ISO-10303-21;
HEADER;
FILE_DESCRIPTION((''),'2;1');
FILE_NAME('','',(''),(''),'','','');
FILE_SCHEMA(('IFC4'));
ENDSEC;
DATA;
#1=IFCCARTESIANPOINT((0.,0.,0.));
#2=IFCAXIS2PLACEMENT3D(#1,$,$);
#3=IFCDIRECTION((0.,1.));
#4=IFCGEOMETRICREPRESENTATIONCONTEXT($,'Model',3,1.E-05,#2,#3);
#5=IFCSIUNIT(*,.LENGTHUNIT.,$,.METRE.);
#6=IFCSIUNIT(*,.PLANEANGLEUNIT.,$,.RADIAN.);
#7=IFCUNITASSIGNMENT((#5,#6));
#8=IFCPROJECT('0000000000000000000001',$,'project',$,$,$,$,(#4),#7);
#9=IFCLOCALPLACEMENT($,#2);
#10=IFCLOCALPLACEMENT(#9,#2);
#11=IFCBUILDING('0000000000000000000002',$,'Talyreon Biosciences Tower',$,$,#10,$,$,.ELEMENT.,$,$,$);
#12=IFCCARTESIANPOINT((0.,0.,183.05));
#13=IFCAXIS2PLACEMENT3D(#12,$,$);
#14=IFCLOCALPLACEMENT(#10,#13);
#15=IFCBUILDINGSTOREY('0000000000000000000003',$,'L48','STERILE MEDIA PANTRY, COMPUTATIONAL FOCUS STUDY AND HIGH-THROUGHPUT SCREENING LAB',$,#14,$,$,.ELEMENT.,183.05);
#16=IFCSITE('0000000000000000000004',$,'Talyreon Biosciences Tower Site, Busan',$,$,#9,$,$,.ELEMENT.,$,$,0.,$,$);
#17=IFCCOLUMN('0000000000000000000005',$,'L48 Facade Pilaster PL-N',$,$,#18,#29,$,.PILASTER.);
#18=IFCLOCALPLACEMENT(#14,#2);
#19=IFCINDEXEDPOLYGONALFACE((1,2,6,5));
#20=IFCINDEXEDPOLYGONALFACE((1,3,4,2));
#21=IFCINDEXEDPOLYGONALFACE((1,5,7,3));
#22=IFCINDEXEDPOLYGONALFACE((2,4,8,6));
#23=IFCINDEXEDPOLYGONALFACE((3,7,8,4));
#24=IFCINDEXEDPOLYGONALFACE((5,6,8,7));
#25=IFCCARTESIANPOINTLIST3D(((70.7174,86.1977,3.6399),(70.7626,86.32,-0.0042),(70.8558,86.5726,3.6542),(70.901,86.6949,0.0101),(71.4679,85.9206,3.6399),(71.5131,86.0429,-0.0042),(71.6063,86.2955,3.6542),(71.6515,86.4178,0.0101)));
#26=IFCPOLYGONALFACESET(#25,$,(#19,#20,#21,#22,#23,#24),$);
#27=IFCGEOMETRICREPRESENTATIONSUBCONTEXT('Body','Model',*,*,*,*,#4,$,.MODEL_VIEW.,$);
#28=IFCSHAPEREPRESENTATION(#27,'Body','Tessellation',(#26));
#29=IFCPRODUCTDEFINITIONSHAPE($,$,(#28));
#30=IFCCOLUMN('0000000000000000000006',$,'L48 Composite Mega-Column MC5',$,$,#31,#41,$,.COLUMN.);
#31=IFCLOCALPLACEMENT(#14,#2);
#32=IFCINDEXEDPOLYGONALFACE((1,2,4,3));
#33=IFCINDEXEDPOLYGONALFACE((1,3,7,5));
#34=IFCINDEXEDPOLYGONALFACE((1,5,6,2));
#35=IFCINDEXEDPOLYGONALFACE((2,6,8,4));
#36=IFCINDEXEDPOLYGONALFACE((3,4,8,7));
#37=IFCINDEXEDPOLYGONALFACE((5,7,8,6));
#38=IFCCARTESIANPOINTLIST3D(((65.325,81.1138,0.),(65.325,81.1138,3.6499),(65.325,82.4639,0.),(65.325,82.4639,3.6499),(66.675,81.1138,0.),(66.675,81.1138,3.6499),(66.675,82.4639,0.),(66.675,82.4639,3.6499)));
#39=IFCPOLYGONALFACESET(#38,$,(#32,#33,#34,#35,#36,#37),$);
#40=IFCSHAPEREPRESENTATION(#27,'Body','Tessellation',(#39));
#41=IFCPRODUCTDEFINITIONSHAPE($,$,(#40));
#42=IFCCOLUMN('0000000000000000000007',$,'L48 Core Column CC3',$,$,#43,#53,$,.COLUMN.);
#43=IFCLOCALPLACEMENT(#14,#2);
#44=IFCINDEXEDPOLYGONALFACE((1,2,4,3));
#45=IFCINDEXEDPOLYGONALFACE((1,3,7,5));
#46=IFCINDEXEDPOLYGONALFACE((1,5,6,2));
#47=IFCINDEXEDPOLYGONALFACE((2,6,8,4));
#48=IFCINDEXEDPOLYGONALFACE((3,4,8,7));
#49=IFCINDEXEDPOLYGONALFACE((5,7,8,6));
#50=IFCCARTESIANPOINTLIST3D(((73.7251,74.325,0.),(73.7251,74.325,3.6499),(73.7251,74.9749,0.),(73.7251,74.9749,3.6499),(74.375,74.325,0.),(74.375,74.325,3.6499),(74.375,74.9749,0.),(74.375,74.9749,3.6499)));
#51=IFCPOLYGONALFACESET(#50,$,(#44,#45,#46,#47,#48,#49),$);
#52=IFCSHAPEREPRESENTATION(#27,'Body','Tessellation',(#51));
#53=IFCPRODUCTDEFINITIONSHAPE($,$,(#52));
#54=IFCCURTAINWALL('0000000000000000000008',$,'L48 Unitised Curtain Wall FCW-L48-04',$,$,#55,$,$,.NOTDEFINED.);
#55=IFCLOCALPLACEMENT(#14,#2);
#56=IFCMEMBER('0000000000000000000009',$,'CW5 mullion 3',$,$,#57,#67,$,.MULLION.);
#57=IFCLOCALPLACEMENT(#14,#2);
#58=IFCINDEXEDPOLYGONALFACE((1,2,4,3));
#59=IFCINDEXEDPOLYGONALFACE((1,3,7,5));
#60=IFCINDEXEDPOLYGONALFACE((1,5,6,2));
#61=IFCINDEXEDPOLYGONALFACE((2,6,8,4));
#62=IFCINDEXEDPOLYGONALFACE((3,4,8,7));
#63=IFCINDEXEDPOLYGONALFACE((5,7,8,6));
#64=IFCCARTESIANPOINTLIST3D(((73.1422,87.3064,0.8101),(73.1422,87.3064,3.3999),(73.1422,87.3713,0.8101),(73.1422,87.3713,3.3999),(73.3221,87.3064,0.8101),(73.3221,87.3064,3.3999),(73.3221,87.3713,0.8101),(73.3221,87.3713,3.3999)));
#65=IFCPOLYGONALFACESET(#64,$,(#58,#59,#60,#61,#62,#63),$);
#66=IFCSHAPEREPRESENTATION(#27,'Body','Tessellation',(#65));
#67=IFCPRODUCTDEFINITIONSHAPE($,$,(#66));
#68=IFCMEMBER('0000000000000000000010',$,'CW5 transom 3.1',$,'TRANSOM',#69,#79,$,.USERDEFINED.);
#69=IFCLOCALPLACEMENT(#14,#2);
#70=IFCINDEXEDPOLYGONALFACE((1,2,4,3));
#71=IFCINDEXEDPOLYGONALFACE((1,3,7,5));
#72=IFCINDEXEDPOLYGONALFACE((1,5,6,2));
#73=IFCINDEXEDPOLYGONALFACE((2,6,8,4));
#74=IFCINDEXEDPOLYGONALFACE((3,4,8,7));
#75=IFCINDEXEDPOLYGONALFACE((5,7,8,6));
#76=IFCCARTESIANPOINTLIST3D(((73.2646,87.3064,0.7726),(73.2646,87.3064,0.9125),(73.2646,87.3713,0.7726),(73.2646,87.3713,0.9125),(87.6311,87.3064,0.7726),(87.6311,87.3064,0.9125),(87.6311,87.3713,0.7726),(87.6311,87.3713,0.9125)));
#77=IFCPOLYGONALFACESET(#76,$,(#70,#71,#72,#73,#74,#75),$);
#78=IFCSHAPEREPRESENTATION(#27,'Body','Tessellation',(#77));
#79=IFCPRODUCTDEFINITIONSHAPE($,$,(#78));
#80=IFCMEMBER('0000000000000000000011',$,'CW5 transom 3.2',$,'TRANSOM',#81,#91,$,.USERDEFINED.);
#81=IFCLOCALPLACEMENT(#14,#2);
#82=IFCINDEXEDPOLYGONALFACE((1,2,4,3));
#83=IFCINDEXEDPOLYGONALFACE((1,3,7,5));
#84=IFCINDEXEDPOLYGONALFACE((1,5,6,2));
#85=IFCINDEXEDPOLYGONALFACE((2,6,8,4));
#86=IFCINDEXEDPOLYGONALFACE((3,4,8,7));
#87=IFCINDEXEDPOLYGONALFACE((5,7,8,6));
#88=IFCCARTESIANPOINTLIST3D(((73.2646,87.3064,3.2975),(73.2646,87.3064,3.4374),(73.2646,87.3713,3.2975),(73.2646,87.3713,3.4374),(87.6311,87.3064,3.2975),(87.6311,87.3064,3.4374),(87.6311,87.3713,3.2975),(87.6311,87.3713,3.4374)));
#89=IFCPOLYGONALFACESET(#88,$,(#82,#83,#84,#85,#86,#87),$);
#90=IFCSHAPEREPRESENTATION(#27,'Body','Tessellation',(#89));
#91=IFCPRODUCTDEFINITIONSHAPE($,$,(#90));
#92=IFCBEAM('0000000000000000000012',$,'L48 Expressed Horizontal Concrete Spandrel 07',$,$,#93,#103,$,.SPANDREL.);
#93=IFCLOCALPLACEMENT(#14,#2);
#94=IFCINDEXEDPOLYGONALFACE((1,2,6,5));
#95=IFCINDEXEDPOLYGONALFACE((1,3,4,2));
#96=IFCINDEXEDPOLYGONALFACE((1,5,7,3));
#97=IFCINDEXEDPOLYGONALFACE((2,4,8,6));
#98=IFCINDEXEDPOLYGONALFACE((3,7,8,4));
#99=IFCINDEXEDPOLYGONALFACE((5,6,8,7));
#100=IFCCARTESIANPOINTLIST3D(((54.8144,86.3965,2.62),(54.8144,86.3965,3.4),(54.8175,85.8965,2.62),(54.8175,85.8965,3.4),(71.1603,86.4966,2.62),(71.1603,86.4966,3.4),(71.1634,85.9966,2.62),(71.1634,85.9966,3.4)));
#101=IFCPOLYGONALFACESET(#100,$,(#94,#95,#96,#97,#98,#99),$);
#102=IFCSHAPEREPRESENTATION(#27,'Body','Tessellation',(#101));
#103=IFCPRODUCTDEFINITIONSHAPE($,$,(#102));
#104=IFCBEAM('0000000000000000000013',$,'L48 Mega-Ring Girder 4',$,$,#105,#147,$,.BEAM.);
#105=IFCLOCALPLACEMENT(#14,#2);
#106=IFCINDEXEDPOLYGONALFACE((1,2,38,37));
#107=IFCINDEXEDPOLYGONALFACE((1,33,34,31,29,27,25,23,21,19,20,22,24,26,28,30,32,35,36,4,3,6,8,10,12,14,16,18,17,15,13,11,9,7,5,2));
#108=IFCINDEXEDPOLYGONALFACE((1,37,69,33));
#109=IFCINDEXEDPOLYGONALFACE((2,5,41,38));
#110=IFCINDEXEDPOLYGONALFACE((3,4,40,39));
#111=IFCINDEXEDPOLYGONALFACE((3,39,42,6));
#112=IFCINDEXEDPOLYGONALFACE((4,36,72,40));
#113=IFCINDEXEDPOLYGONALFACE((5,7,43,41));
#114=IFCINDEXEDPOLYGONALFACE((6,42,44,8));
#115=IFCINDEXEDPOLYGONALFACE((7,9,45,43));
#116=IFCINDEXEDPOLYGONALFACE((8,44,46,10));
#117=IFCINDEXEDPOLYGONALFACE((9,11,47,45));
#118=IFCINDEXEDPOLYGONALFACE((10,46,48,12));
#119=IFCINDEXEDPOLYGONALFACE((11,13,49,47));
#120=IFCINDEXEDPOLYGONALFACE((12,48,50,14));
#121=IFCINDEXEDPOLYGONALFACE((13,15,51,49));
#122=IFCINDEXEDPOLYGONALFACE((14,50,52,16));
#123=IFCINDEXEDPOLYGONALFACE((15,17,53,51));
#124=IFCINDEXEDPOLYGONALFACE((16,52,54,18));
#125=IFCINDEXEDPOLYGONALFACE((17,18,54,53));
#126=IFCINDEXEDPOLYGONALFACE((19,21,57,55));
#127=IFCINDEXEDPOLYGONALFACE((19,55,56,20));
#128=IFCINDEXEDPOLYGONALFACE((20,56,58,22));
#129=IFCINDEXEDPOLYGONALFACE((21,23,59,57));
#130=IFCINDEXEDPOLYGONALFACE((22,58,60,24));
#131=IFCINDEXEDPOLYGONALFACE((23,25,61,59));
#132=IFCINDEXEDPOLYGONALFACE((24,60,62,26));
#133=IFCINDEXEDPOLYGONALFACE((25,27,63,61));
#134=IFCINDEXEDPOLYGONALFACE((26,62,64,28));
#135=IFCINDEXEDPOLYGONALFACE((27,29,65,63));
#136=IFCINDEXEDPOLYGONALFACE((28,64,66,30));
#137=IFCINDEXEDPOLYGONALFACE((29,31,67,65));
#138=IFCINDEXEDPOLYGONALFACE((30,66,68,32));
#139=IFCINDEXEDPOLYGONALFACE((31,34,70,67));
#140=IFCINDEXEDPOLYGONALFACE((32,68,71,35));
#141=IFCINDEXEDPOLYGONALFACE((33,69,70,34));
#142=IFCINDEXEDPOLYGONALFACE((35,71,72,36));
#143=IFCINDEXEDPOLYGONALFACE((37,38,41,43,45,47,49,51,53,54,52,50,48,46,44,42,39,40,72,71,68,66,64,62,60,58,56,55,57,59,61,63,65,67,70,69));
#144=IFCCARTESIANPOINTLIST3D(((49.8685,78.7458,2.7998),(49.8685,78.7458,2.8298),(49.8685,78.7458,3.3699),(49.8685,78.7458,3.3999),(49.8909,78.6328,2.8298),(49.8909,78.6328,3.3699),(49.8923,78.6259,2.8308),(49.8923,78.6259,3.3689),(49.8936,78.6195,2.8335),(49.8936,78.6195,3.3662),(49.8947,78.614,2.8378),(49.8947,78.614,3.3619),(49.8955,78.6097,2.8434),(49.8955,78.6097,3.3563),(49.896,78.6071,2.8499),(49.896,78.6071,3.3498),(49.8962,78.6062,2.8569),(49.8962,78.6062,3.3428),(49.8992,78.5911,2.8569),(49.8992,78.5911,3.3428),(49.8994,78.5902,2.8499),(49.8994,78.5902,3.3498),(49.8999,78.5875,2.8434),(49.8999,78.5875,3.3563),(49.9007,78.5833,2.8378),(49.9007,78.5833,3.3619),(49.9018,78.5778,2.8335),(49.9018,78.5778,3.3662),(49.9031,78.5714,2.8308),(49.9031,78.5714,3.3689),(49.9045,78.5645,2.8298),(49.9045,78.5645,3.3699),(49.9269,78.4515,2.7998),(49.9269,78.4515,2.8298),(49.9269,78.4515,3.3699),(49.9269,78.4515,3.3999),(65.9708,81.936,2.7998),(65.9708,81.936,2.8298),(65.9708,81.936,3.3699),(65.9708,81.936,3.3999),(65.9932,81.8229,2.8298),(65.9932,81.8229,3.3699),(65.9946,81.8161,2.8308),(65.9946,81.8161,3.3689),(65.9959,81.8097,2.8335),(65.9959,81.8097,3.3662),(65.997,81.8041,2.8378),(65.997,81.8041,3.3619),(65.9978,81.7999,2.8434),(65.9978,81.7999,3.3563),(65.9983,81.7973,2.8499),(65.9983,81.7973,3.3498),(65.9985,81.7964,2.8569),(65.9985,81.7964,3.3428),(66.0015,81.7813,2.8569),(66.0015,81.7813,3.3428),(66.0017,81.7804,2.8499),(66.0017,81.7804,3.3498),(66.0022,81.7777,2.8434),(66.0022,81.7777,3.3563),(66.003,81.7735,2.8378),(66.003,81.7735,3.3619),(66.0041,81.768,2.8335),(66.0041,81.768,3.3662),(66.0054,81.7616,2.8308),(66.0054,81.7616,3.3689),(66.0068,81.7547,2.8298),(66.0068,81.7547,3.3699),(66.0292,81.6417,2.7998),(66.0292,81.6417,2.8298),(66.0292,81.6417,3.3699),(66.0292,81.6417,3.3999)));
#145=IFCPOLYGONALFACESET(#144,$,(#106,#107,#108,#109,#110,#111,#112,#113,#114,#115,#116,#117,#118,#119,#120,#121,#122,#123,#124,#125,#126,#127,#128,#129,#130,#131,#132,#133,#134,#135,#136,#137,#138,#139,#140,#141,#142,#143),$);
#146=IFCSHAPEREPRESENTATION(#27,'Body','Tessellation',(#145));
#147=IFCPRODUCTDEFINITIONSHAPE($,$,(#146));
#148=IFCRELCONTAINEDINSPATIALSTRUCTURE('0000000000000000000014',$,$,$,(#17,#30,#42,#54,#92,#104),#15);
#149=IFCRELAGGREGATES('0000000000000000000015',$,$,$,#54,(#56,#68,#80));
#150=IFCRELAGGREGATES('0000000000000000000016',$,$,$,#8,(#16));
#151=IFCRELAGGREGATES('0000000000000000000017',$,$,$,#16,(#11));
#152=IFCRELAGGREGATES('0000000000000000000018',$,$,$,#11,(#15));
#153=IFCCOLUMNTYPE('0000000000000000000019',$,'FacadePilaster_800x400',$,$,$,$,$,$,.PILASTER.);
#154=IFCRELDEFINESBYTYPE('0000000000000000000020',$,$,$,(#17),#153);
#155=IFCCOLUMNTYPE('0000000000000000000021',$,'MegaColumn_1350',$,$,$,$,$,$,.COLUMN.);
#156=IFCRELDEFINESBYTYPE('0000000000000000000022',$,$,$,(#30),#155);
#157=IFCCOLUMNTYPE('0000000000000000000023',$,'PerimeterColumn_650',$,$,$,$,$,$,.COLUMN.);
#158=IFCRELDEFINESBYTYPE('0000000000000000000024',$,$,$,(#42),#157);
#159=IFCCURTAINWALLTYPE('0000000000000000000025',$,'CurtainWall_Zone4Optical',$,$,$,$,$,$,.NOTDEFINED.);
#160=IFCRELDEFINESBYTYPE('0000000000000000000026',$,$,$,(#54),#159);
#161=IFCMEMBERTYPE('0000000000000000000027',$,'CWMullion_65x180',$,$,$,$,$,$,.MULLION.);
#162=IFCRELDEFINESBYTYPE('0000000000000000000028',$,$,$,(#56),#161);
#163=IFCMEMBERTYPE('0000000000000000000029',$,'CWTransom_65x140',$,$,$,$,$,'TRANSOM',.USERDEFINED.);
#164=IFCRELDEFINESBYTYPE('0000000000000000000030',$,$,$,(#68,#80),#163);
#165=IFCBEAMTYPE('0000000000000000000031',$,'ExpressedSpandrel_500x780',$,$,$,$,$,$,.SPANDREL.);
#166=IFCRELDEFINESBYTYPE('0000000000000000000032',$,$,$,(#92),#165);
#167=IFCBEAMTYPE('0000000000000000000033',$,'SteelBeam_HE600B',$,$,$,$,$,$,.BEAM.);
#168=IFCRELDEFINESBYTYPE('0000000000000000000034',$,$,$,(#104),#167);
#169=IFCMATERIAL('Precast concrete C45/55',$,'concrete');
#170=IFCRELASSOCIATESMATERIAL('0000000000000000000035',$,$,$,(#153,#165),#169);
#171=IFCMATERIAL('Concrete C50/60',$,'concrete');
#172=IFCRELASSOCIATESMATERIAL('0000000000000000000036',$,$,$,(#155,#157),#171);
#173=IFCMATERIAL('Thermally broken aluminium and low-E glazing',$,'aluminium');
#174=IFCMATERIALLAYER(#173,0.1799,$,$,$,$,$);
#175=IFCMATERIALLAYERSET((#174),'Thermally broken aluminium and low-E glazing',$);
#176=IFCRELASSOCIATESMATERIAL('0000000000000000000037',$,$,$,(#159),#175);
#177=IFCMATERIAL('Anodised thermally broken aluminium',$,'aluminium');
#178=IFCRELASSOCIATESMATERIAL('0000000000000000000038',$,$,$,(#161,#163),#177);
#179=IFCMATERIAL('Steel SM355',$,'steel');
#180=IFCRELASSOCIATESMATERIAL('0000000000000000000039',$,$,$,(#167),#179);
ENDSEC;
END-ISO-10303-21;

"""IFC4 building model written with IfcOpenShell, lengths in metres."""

from ifc_helpers import new_model, si_unit, direction, frame, origin, origin_2d, place, context, subcontext, project, spatial, rectangle, i_section, extrude, material, layer, layer_set, material_profile, profile_set, type_object, element, aggregate, save


model = new_model("IFC4")

# Units and contexts
model_context = context("Model", 3, precision=1e-05, world=origin(), true_north=direction((0.0, 1.0)))
body_context = subcontext(model_context, "Body", "Model", "MODEL_VIEW")
ifc_project = project(units=[si_unit("LENGTHUNIT", "METRE"), si_unit("PLANEANGLEUNIT", "RADIAN")], contexts=[model_context])

# Site, building, storey
site_placement = place(None, origin())
site = spatial("IfcSite", under=ifc_project, at=site_placement, Name="Talyreon Biosciences Tower Site, Busan", CompositionType="ELEMENT", RefElevation=0.0)
building_placement = place(site_placement, origin())
building = spatial("IfcBuilding", under=site, at=building_placement, Name="Talyreon Biosciences Tower", CompositionType="ELEMENT")
storey_placement = place(building_placement, frame((0.0, 0.0, 183.05)))
storey = spatial("IfcBuildingStorey", under=building, at=storey_placement, Name="L48", Description="STERILE MEDIA PANTRY, COMPUTATIONAL FOCUS STUDY AND HIGH-THROUGHPUT SCREENING LAB", CompositionType="ELEMENT", Elevation=183.05)

# Columns
ifc_material_1 = material(Name="Precast concrete C45/55", Category="concrete")
ifc_material_profile_1 = material_profile(ifc_material_1, rectangle(XDim=0.8, YDim=0.3999, at=origin_2d()), Name="RC 800x400")
ifc_profile_set_1 = profile_set([ifc_material_profile_1], Name="Precast concrete C45/55")
column_type_1 = type_object("IfcColumnType", Name="FacadePilaster_800x400", PredefinedType="PILASTER", material=ifc_profile_set_1)
column_1_placement = place(storey_placement, frame((71.207, 86.3689, 0.0029), z_axis=(-0.012387, -0.033544, 0.99936), x_axis=(-0.938087, 0.346399, 0.0)))
element("IfcColumn", 1, at=column_1_placement, inside=storey, type_object=column_type_1, Name="L48 Facade Pilaster PL-N", PredefinedType="PILASTER", context=body_context, shape_type="SweptSolid", body=[
    extrude(rectangle(XDim=0.8, YDim=0.3999, at=origin_2d()), origin(), (0.0, 0.0, 1.0), 3.6465),
])
ifc_material_2 = material(Name="Concrete C50/60", Category="concrete")
ifc_material_profile_2 = material_profile(ifc_material_2, rectangle(XDim=1.3501, YDim=1.3501, at=origin_2d()), Name="RC 1350x1350")
ifc_profile_set_2 = profile_set([ifc_material_profile_2], Name="Concrete C50/60")
column_type_2 = type_object("IfcColumnType", Name="MegaColumn_1350", PredefinedType="COLUMN", material=ifc_profile_set_2)
column_2_placement = place(storey_placement, frame((66.0, 81.7888, 0.0), z_axis=(0.0, 0.0, 1.0), x_axis=(1.0, 0.0, 0.0)))
element("IfcColumn", 2, at=column_2_placement, inside=storey, type_object=column_type_2, Name="L48 Composite Mega-Column MC5", PredefinedType="COLUMN", context=body_context, shape_type="SweptSolid", body=[
    extrude(rectangle(XDim=1.3501, YDim=1.3501, at=origin_2d()), origin(), (0.0, 0.0, 1.0), 3.6499),
])
ifc_material_profile_3 = material_profile(ifc_material_2, rectangle(XDim=0.6499, YDim=0.6499, at=origin_2d()), Name="RC 650x650")
ifc_profile_set_3 = profile_set([ifc_material_profile_3], Name="Concrete C50/60")
column_type_3 = type_object("IfcColumnType", Name="PerimeterColumn_650", PredefinedType="COLUMN", material=ifc_profile_set_3)
column_3_placement = place(storey_placement, frame((74.05, 74.6499, 0.0), z_axis=(0.0, 0.0, 1.0), x_axis=(1.0, 0.0, 0.0)))
element("IfcColumn", 3, at=column_3_placement, inside=storey, type_object=column_type_3, Name="L48 Core Column CC3", PredefinedType="COLUMN", context=body_context, shape_type="SweptSolid", body=[
    extrude(rectangle(XDim=0.6499, YDim=0.6499, at=origin_2d()), origin(), (0.0, 0.0, 1.0), 3.6499),
])

# Curtain wall, members
ifc_material_3 = material(Name="Thermally broken aluminium and low-E glazing", Category="aluminium")
ifc_layer_1 = layer(ifc_material_3, 0.1799)
ifc_layer_set_1 = layer_set([ifc_layer_1], Name="Thermally broken aluminium and low-E glazing")
curtain_wall_type = type_object("IfcCurtainWallType", Name="CurtainWall_Zone4Optical", PredefinedType="NOTDEFINED", material=ifc_layer_set_1)
curtain_wall_placement = place(storey_placement, origin())
curtain_wall = element("IfcCurtainWall", 4, at=curtain_wall_placement, inside=storey, type_object=curtain_wall_type, Name="L48 Unitised Curtain Wall FCW-L48-04", PredefinedType="NOTDEFINED")
ifc_material_4 = material(Name="Anodised thermally broken aluminium", Category="aluminium")
ifc_material_profile_4 = material_profile(ifc_material_4, rectangle(XDim=0.0649, YDim=0.1799, at=origin_2d()), Name="ALUM MULLION 65x180")
ifc_profile_set_4 = profile_set([ifc_material_profile_4], Name="Anodised thermally broken aluminium")
member_type_1 = type_object("IfcMemberType", Name="CWMullion_65x180", PredefinedType="MULLION", material=ifc_profile_set_4)
member_1_placement = place(storey_placement, frame((73.2322, 87.3389, 0.8101), z_axis=(0.0, 0.0, 1.0), x_axis=(0.0, 1.0, 0.0)))
member_1 = element("IfcMember", 5, at=member_1_placement, type_object=member_type_1, Name="CW5 mullion 3", PredefinedType="MULLION", context=body_context, shape_type="SweptSolid", body=[
    extrude(rectangle(XDim=0.0649, YDim=0.1799, at=origin_2d()), origin(), (0.0, 0.0, 1.0), 2.5898),
])
ifc_material_profile_5 = material_profile(ifc_material_4, rectangle(XDim=0.0649, YDim=0.1399, at=origin_2d()), Name="ALUM TRANSOM 65x140")
ifc_profile_set_5 = profile_set([ifc_material_profile_5], Name="Anodised thermally broken aluminium")
member_type_2 = type_object("IfcMemberType", Name="CWTransom_65x140", ElementType="TRANSOM", PredefinedType="USERDEFINED", material=ifc_profile_set_5)
member_2_placement = place(storey_placement, frame((73.2646, 87.3389, 0.8425), z_axis=(1.0, 0.0, 0.0), x_axis=(0.0, 1.0, 0.0)))
member_2 = element("IfcMember", 6, at=member_2_placement, type_object=member_type_2, Name="CW5 transom 3.1", ObjectType="TRANSOM", PredefinedType="USERDEFINED", context=body_context, shape_type="SweptSolid", body=[
    extrude(rectangle(XDim=0.0649, YDim=0.1399, at=origin_2d()), origin(), (0.0, 0.0, 1.0), 14.3665),
])
member_3_placement = place(storey_placement, frame((73.2646, 87.3389, 3.3674), z_axis=(1.0, 0.0, 0.0), x_axis=(0.0, 1.0, 0.0)))
member_3 = element("IfcMember", 7, at=member_3_placement, type_object=member_type_2, Name="CW5 transom 3.2", ObjectType="TRANSOM", PredefinedType="USERDEFINED", context=body_context, shape_type="SweptSolid", body=[
    extrude(rectangle(XDim=0.0649, YDim=0.1399, at=origin_2d()), origin(), (0.0, 0.0, 1.0), 14.3665),
])

# Beams
ifc_material_profile_6 = material_profile(ifc_material_1, rectangle(XDim=0.5, YDim=0.78, at=origin_2d()), Name="RCB 500x780")
ifc_profile_set_6 = profile_set([ifc_material_profile_6], Name="Precast concrete C45/55")
beam_type_1 = type_object("IfcBeamType", Name="ExpressedSpandrel_500x780", PredefinedType="SPANDREL", material=ifc_profile_set_6)
beam_1_placement = place(storey_placement, frame((71.1619, 86.2466, 3.01), z_axis=(-0.999981, -0.006124, 0.0), x_axis=(0.006124, -0.999981, 0.0)))
element("IfcBeam", 8, at=beam_1_placement, inside=storey, type_object=beam_type_1, Name="L48 Expressed Horizontal Concrete Spandrel 07", PredefinedType="SPANDREL", context=body_context, shape_type="SweptSolid", body=[
    extrude(rectangle(XDim=0.5, YDim=0.78, at=origin_2d()), origin(), (0.0, 0.0, 1.0), 16.3462),
])
ifc_material_5 = material(Name="Steel SM355", Category="steel")
ifc_material_profile_7 = material_profile(ifc_material_5, i_section(OverallWidth=0.3, OverallDepth=0.6001, WebThickness=0.0154, FlangeThickness=0.03, FilletRadius=0.0271, at=origin_2d()), Name="HE600B")
ifc_profile_set_7 = profile_set([ifc_material_profile_7], Name="Steel SM355")
beam_type_2 = type_object("IfcBeamType", Name="SteelBeam_HE600B", PredefinedType="BEAM", material=ifc_profile_set_7)
beam_2_placement = place(storey_placement, frame((66.0, 81.7888, 3.0999), z_axis=(-0.980934, -0.194343, 0.0), x_axis=(0.194343, -0.980934, 0.0)))
element("IfcBeam", 9, at=beam_2_placement, inside=storey, type_object=beam_type_2, Name="L48 Mega-Ring Girder 4", PredefinedType="BEAM", context=body_context, shape_type="SweptSolid", body=[
    extrude(i_section(OverallWidth=0.3, OverallDepth=0.6001, WebThickness=0.0154, FlangeThickness=0.03, FilletRadius=0.0271, at=origin_2d()), origin(), (0.0, 0.0, 1.0), 16.4153),
])

aggregate(curtain_wall, [member_1, member_2, member_3])

save(model, "model.ifc")
